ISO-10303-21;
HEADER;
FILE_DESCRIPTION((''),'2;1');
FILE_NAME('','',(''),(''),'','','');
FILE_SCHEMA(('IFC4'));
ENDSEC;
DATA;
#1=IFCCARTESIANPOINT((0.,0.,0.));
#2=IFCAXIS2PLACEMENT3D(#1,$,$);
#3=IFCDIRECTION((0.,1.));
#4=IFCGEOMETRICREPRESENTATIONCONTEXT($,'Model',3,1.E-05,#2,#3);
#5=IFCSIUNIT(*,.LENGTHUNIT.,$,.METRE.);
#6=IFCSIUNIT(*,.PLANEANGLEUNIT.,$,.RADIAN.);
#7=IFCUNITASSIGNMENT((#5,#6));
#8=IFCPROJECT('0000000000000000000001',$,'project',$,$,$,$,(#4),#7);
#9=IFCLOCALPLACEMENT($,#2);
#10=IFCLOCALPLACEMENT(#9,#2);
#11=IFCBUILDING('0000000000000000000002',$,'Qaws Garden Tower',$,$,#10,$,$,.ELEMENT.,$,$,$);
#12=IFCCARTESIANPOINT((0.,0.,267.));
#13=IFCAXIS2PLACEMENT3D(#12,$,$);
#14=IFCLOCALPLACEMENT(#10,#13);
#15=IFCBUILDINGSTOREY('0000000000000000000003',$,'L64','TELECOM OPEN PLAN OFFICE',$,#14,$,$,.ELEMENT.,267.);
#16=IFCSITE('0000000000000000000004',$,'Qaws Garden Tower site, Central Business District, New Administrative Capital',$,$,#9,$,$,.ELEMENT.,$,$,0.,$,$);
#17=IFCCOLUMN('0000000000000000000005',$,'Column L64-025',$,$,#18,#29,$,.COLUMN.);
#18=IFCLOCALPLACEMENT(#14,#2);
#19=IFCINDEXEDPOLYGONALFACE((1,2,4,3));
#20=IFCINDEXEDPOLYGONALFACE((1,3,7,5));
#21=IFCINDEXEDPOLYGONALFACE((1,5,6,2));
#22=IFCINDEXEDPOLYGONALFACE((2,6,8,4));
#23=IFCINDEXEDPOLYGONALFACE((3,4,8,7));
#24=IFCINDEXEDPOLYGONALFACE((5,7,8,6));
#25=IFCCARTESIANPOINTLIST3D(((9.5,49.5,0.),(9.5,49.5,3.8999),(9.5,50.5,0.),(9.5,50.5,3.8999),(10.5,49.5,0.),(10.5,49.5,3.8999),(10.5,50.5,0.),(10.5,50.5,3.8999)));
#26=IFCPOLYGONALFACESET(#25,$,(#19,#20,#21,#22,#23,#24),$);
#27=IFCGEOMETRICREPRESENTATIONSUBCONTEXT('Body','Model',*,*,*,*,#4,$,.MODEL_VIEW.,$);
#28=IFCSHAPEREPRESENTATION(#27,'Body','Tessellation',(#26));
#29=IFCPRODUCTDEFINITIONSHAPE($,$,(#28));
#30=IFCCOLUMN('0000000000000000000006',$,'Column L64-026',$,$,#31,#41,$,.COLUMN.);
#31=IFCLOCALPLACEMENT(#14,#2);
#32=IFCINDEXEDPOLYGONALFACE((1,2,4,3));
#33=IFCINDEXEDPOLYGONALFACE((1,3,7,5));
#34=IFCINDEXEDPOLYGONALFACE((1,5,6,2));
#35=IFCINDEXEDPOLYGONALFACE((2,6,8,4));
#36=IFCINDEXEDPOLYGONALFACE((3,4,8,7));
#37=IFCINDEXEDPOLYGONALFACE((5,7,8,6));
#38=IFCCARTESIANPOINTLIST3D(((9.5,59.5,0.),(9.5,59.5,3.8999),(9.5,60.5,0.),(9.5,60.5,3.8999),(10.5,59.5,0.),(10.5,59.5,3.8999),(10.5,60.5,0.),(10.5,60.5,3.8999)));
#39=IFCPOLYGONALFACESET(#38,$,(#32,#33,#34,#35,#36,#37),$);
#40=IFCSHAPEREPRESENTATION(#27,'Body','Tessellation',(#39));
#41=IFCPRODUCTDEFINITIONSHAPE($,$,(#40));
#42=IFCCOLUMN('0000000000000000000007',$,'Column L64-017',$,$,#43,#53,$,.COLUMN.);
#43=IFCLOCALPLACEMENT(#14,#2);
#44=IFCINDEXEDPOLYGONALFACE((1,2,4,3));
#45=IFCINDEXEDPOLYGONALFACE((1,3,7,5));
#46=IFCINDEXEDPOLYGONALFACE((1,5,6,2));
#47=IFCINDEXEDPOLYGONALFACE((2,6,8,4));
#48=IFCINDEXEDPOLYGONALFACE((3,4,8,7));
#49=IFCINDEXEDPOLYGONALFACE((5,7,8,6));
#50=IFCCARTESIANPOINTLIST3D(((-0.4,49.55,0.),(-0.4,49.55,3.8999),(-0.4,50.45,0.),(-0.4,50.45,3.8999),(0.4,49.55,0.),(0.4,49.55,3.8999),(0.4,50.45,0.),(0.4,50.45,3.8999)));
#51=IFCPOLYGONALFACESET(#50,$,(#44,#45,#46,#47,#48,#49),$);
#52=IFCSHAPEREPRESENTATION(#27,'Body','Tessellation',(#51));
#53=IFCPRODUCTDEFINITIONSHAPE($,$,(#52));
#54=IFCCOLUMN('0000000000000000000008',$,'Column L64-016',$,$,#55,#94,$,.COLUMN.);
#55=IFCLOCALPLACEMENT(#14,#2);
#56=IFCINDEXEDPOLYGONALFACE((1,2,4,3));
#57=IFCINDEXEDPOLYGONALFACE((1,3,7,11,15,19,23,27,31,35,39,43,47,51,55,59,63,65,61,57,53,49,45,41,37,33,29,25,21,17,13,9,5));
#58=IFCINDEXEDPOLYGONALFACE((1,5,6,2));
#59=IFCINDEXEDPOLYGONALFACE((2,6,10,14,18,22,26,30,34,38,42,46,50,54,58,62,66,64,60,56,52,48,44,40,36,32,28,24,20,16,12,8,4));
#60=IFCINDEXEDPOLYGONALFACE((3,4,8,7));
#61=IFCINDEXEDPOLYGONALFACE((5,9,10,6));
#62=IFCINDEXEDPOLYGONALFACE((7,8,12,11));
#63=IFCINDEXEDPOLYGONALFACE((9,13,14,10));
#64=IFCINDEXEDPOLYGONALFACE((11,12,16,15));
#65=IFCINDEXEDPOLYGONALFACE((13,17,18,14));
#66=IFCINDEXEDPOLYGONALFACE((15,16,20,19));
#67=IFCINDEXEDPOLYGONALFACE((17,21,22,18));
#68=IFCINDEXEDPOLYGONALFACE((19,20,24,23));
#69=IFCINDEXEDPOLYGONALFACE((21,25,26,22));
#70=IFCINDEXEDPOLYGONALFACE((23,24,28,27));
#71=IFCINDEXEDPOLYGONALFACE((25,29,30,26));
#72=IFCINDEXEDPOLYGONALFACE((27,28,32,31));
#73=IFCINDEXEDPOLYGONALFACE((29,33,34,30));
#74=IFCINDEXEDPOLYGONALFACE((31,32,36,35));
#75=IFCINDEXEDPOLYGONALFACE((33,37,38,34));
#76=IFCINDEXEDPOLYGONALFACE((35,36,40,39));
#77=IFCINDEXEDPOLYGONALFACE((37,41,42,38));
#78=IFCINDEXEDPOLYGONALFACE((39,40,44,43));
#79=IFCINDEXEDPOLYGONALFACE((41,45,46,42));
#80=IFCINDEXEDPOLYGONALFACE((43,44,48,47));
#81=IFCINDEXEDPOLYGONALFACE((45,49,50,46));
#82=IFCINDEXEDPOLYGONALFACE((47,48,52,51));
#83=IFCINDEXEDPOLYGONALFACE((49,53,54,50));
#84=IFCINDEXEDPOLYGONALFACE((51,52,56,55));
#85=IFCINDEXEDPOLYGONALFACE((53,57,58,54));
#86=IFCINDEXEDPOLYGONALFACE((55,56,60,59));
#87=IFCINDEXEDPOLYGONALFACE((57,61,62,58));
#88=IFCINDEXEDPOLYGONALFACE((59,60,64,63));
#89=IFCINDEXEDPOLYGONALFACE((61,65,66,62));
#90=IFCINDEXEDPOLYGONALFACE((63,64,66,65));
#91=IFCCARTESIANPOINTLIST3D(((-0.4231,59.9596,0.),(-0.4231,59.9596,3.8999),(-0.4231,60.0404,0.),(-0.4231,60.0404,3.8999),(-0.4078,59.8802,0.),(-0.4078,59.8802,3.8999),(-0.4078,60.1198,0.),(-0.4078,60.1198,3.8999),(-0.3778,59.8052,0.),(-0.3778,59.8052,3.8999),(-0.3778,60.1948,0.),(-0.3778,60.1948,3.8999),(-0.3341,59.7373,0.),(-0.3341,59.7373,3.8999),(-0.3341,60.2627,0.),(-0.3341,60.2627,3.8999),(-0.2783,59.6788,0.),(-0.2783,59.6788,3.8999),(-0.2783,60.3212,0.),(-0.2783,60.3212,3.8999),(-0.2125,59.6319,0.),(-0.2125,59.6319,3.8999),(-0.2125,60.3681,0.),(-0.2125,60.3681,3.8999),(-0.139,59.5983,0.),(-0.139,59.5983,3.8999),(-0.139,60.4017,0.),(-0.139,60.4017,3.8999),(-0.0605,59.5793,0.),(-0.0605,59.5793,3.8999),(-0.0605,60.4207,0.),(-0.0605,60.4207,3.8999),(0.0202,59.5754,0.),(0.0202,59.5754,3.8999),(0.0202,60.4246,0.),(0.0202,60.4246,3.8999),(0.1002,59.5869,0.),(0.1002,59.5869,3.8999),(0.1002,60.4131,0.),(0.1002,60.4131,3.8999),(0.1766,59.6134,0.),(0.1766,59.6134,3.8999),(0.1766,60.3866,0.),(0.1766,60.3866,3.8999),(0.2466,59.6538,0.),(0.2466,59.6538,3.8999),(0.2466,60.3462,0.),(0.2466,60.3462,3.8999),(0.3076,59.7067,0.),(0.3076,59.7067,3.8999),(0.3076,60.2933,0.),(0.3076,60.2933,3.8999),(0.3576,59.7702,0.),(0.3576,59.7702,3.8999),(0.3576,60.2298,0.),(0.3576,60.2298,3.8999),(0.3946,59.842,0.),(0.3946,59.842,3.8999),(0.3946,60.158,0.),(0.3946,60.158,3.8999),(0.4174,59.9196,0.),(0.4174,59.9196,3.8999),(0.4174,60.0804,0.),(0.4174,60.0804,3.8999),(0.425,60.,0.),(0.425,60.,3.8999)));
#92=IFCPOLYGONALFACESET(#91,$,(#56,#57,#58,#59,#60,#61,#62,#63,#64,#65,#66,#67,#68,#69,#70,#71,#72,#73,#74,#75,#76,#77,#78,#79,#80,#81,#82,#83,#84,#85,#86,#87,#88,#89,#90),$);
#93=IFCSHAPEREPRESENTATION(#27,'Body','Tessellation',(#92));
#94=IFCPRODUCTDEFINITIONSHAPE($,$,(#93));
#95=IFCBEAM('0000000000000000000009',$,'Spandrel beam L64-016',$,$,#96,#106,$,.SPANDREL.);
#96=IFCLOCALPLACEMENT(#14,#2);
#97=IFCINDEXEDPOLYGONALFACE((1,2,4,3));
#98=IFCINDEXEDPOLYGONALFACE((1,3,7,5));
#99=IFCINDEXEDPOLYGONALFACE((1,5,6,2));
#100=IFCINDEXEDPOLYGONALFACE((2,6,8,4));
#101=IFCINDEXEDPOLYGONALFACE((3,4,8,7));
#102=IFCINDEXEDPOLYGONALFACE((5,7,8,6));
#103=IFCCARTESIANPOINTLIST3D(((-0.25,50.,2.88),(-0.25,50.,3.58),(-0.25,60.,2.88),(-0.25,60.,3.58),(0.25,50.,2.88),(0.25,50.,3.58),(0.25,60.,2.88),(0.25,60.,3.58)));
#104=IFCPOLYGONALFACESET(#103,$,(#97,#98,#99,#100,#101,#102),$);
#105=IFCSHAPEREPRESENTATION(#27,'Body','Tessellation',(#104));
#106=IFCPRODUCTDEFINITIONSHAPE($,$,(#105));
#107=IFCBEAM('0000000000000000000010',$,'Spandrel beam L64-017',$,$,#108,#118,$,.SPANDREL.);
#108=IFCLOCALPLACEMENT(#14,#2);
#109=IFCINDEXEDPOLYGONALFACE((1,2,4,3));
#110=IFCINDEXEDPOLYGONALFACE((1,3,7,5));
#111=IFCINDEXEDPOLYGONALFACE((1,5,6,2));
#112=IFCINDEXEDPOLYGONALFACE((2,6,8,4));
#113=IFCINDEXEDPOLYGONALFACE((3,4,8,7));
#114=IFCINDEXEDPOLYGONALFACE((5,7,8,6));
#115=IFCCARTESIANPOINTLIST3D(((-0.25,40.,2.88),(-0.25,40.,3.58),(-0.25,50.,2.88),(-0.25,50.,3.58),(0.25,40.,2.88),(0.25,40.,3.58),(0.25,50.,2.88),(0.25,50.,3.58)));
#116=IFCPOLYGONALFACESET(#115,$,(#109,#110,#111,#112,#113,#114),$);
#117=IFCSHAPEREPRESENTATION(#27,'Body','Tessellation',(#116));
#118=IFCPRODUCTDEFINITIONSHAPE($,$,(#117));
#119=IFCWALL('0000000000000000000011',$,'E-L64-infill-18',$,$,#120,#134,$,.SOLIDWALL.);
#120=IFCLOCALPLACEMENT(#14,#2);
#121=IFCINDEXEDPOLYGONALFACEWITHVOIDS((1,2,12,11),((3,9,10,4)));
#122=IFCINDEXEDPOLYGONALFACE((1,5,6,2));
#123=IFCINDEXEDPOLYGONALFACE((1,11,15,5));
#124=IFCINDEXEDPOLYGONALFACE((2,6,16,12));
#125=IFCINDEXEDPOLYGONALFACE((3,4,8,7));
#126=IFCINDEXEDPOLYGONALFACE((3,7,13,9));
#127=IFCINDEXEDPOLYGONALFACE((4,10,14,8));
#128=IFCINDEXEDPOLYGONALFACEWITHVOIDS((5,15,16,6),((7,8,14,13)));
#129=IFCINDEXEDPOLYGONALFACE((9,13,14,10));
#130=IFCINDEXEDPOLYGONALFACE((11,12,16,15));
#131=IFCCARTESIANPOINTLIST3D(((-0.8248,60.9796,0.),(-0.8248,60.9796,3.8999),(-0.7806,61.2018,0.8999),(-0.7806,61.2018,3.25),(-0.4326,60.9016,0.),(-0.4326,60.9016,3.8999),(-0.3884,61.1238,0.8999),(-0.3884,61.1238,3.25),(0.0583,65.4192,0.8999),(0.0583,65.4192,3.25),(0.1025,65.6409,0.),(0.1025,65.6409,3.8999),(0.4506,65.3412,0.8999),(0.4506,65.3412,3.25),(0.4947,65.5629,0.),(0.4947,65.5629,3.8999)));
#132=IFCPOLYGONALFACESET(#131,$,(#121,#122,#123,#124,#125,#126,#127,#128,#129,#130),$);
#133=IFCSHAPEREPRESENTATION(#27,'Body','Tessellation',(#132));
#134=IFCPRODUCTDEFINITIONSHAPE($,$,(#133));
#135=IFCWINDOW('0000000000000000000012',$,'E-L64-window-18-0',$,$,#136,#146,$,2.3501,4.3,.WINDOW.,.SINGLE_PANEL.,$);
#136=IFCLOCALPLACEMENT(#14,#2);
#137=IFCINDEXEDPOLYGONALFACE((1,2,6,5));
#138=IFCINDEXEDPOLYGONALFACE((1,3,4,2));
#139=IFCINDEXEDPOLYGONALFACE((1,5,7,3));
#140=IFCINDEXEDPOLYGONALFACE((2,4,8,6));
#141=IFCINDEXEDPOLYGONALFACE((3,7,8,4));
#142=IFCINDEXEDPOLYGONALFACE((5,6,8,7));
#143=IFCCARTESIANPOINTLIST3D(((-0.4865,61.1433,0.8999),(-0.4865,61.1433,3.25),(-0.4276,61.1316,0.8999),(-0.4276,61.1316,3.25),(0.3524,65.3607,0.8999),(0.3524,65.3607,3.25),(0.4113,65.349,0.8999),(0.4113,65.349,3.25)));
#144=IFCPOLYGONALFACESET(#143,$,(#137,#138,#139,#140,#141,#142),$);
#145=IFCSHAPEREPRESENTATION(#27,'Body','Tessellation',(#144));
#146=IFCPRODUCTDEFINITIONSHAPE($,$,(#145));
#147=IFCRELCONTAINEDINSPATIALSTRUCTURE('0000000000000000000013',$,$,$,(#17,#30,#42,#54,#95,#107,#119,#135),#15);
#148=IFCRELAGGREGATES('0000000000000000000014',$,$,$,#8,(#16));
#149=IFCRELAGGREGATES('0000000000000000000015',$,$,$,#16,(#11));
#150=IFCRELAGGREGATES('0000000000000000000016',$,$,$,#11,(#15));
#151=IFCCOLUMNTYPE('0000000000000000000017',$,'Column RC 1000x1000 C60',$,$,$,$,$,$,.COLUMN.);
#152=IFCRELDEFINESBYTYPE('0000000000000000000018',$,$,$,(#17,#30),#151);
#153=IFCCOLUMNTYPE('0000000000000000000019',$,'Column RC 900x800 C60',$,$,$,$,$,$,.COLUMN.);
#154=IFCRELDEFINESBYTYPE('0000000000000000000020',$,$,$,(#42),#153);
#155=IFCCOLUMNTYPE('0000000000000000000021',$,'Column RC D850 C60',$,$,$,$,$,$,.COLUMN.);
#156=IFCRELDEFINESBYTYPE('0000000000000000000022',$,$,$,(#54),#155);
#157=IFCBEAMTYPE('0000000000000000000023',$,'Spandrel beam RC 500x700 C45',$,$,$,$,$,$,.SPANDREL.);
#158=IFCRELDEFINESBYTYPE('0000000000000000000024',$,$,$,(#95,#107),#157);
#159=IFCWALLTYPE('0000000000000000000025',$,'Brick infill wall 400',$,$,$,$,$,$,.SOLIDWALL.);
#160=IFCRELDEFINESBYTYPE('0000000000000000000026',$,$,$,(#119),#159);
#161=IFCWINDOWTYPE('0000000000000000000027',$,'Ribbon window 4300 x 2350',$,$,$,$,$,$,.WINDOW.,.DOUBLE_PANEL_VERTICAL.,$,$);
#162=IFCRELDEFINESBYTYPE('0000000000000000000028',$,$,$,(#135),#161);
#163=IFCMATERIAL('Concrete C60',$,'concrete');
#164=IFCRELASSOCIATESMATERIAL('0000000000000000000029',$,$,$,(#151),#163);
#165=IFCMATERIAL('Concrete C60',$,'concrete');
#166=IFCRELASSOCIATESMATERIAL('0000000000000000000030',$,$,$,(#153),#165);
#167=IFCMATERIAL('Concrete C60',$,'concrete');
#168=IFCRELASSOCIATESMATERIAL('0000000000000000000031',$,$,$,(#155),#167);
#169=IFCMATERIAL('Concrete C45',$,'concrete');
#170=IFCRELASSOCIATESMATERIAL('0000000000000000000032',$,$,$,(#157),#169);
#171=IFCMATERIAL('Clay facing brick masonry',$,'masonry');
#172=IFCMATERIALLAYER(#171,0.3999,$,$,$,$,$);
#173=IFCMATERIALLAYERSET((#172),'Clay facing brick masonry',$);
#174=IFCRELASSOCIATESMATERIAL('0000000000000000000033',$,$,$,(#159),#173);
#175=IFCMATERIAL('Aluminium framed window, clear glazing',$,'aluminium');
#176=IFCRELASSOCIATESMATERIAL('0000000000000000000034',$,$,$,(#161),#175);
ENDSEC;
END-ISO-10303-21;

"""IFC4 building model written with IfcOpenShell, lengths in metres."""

from ifc_helpers import new_model, si_unit, direction, frame, frame_2d, origin, origin_2d, place, context, subcontext, project, spatial, rectangle, circle, extrude, material, layer, layer_set, material_profile, profile_set, type_object, element, fill, save


model = new_model("IFC4")

# Units and contexts
model_context = context("Model", 3, precision=1e-05, world=origin(), true_north=direction((0.0, 1.0)))
body_context = subcontext(model_context, "Body", "Model", "MODEL_VIEW")
ifc_project = project(units=[si_unit("LENGTHUNIT", "METRE"), si_unit("PLANEANGLEUNIT", "RADIAN")], contexts=[model_context])

# Site, building, storey
site_placement = place(None, origin())
site = spatial("IfcSite", under=ifc_project, at=site_placement, Name="Qaws Garden Tower site, Central Business District, New Administrative Capital", CompositionType="ELEMENT", RefElevation=0.0)
building_placement = place(site_placement, origin())
building = spatial("IfcBuilding", under=site, at=building_placement, Name="Qaws Garden Tower", CompositionType="ELEMENT")
storey_placement = place(building_placement, frame((0.0, 0.0, 267.0)))
storey = spatial("IfcBuildingStorey", under=building, at=storey_placement, Name="L64", Description="TELECOM OPEN PLAN OFFICE", CompositionType="ELEMENT", Elevation=267.0)

# Columns
ifc_material_1 = material(Name="Concrete C60", Category="concrete")
ifc_material_profile_1 = material_profile(ifc_material_1, rectangle(XDim=1.0, YDim=1.0, at=origin_2d()), Name="RC 1000x1000")
ifc_profile_set_1 = profile_set([ifc_material_profile_1], Name="Concrete C60")
column_type_1 = type_object("IfcColumnType", Name="Column RC 1000x1000 C60", PredefinedType="COLUMN", material=ifc_profile_set_1)
for number, where, z_axis, x_axis, name in (
    (1, (10.0, 50.0, 0.0), (0.0, 0.0, 1.0), (1.0, 0.0, 0.0), "Column L64-025"),
    (2, (10.0, 60.0, 0.0), (0.0, 0.0, 1.0), (1.0, 0.0, 0.0), "Column L64-026"),
):
    element("IfcColumn", number, at=place(storey_placement, frame(where, z_axis=z_axis, x_axis=x_axis)), inside=storey, type_object=column_type_1, Name=name, PredefinedType="COLUMN", context=body_context, shape_type="SweptSolid", body=[
        extrude(rectangle(XDim=1.0, YDim=1.0, at=origin_2d()), origin(), (0.0, 0.0, 1.0), 3.8999),
    ])
ifc_material_2 = material(Name="Concrete C60", Category="concrete")
ifc_material_profile_2 = material_profile(ifc_material_2, rectangle(XDim=0.8999, YDim=0.8, at=origin_2d()), Name="RC 900x800")
ifc_profile_set_2 = profile_set([ifc_material_profile_2], Name="Concrete C60")
column_type_2 = type_object("IfcColumnType", Name="Column RC 900x800 C60", PredefinedType="COLUMN", material=ifc_profile_set_2)
column_1_placement = place(storey_placement, frame((0.0, 50.0, 0.0), z_axis=(0.0, 0.0, 1.0), x_axis=(0.0, 1.0, 0.0)))
element("IfcColumn", 3, at=column_1_placement, inside=storey, type_object=column_type_2, Name="Column L64-017", PredefinedType="COLUMN", context=body_context, shape_type="SweptSolid", body=[
    extrude(rectangle(XDim=0.8999, YDim=0.8, at=origin_2d()), origin(), (0.0, 0.0, 1.0), 3.8999),
])
ifc_material_3 = material(Name="Concrete C60", Category="concrete")
ifc_material_profile_3 = material_profile(ifc_material_3, circle(Radius=0.425, at=origin_2d()), Name="RC D850")
ifc_profile_set_3 = profile_set([ifc_material_profile_3], Name="Concrete C60")
column_type_3 = type_object("IfcColumnType", Name="Column RC D850 C60", PredefinedType="COLUMN", material=ifc_profile_set_3)
column_2_placement = place(storey_placement, frame((0.0, 60.0, 0.0), z_axis=(0.0, 0.0, 1.0), x_axis=(1.0, 0.0, 0.0)))
element("IfcColumn", 4, at=column_2_placement, inside=storey, type_object=column_type_3, Name="Column L64-016", PredefinedType="COLUMN", context=body_context, shape_type="SweptSolid", body=[
    extrude(circle(Radius=0.425, at=origin_2d()), origin(), (0.0, 0.0, 1.0), 3.8999),
])

# Beams
ifc_material_4 = material(Name="Concrete C45", Category="concrete")
ifc_material_profile_4 = material_profile(ifc_material_4, rectangle(XDim=0.5, YDim=0.7, at=origin_2d()), Name="RC 500x700")
ifc_profile_set_4 = profile_set([ifc_material_profile_4], Name="Concrete C45")
beam_type = type_object("IfcBeamType", Name="Spandrel beam RC 500x700 C45", PredefinedType="SPANDREL", material=ifc_profile_set_4)
for number, where, z_axis, x_axis, name in (
    (5, (0.0, 60.0, 3.23), (0.0, -1.0, 0.0), (1.0, 0.0, 0.0), "Spandrel beam L64-016"),
    (6, (0.0, 50.0, 3.23), (0.0, -1.0, 0.0), (1.0, 0.0, 0.0), "Spandrel beam L64-017"),
):
    element("IfcBeam", number, at=place(storey_placement, frame(where, z_axis=z_axis, x_axis=x_axis)), inside=storey, type_object=beam_type, Name=name, PredefinedType="SPANDREL", context=body_context, shape_type="SweptSolid", body=[
        extrude(rectangle(XDim=0.5, YDim=0.7, at=origin_2d()), origin(), (0.0, 0.0, 1.0), 10.0),
    ])

# Wall, opening, window
ifc_material_5 = material(Name="Clay facing brick masonry", Category="masonry")
ifc_layer_1 = layer(ifc_material_5, 0.3999)
ifc_layer_set_1 = layer_set([ifc_layer_1], Name="Clay facing brick masonry")
wall_type_1 = type_object("IfcWallType", Name="Brick infill wall 400", PredefinedType="SOLIDWALL", material=ifc_layer_set_1)
wall_1_placement = place(storey_placement, frame((0.2986, 65.6021, 0.0), z_axis=(0.0, 0.0, 1.0), x_axis=(-0.195099, -0.980784, 0.0)))
wall_1 = element("IfcWall", 7, at=wall_1_placement, inside=storey, type_object=wall_type_1, Name="E-L64-infill-18", PredefinedType="SOLIDWALL", context=body_context, shape_type="SweptSolid", body=[
    extrude(rectangle(XDim=4.7527, YDim=0.3999, at=frame_2d((2.3765, 0.0))), origin(), (0.0, 0.0, 1.0), 3.8999),
])
opening_1_placement = place(wall_1_placement, frame((0.2263, 0.0, 0.8999)))
opening_1 = element("IfcOpeningElement", 8, at=opening_1_placement, cuts=wall_1, PredefinedType="OPENING", context=body_context, shape_type="SweptSolid", body=[
    extrude(rectangle(XDim=4.3, YDim=2.3501, at=frame_2d((2.1499, 1.175))), frame((0.0, 0.21, 0.0), z_axis=(0.0, -1.0, 0.0), x_axis=(1.0, 0.0, 0.0)), (0.0, 0.0, 1.0), 0.4199),
])
ifc_material_6 = material(Name="Aluminium framed window, clear glazing", Category="aluminium")
window_type_1 = type_object("IfcWindowType", Name="Ribbon window 4300 x 2350", PartitioningType="DOUBLE_PANEL_VERTICAL", PredefinedType="WINDOW", material=ifc_material_6)
window_1_placement = place(opening_1_placement, origin())
window_1 = element("IfcWindow", 9, at=window_1_placement, inside=storey, type_object=window_type_1, Name="E-L64-window-18-0", OverallHeight=2.3501, OverallWidth=4.3, PartitioningType="SINGLE_PANEL", PredefinedType="WINDOW", context=body_context, shape_type="SweptSolid", body=[
    extrude(rectangle(XDim=4.3, YDim=2.3501, at=frame_2d((2.1499, 1.175))), frame((0.0, 0.1599, 0.0), z_axis=(0.0, -1.0, 0.0), x_axis=(1.0, 0.0, 0.0)), (0.0, 0.0, 1.0), 0.0601),
])
fill(opening_1, window_1)

save(model, "model.ifc")
